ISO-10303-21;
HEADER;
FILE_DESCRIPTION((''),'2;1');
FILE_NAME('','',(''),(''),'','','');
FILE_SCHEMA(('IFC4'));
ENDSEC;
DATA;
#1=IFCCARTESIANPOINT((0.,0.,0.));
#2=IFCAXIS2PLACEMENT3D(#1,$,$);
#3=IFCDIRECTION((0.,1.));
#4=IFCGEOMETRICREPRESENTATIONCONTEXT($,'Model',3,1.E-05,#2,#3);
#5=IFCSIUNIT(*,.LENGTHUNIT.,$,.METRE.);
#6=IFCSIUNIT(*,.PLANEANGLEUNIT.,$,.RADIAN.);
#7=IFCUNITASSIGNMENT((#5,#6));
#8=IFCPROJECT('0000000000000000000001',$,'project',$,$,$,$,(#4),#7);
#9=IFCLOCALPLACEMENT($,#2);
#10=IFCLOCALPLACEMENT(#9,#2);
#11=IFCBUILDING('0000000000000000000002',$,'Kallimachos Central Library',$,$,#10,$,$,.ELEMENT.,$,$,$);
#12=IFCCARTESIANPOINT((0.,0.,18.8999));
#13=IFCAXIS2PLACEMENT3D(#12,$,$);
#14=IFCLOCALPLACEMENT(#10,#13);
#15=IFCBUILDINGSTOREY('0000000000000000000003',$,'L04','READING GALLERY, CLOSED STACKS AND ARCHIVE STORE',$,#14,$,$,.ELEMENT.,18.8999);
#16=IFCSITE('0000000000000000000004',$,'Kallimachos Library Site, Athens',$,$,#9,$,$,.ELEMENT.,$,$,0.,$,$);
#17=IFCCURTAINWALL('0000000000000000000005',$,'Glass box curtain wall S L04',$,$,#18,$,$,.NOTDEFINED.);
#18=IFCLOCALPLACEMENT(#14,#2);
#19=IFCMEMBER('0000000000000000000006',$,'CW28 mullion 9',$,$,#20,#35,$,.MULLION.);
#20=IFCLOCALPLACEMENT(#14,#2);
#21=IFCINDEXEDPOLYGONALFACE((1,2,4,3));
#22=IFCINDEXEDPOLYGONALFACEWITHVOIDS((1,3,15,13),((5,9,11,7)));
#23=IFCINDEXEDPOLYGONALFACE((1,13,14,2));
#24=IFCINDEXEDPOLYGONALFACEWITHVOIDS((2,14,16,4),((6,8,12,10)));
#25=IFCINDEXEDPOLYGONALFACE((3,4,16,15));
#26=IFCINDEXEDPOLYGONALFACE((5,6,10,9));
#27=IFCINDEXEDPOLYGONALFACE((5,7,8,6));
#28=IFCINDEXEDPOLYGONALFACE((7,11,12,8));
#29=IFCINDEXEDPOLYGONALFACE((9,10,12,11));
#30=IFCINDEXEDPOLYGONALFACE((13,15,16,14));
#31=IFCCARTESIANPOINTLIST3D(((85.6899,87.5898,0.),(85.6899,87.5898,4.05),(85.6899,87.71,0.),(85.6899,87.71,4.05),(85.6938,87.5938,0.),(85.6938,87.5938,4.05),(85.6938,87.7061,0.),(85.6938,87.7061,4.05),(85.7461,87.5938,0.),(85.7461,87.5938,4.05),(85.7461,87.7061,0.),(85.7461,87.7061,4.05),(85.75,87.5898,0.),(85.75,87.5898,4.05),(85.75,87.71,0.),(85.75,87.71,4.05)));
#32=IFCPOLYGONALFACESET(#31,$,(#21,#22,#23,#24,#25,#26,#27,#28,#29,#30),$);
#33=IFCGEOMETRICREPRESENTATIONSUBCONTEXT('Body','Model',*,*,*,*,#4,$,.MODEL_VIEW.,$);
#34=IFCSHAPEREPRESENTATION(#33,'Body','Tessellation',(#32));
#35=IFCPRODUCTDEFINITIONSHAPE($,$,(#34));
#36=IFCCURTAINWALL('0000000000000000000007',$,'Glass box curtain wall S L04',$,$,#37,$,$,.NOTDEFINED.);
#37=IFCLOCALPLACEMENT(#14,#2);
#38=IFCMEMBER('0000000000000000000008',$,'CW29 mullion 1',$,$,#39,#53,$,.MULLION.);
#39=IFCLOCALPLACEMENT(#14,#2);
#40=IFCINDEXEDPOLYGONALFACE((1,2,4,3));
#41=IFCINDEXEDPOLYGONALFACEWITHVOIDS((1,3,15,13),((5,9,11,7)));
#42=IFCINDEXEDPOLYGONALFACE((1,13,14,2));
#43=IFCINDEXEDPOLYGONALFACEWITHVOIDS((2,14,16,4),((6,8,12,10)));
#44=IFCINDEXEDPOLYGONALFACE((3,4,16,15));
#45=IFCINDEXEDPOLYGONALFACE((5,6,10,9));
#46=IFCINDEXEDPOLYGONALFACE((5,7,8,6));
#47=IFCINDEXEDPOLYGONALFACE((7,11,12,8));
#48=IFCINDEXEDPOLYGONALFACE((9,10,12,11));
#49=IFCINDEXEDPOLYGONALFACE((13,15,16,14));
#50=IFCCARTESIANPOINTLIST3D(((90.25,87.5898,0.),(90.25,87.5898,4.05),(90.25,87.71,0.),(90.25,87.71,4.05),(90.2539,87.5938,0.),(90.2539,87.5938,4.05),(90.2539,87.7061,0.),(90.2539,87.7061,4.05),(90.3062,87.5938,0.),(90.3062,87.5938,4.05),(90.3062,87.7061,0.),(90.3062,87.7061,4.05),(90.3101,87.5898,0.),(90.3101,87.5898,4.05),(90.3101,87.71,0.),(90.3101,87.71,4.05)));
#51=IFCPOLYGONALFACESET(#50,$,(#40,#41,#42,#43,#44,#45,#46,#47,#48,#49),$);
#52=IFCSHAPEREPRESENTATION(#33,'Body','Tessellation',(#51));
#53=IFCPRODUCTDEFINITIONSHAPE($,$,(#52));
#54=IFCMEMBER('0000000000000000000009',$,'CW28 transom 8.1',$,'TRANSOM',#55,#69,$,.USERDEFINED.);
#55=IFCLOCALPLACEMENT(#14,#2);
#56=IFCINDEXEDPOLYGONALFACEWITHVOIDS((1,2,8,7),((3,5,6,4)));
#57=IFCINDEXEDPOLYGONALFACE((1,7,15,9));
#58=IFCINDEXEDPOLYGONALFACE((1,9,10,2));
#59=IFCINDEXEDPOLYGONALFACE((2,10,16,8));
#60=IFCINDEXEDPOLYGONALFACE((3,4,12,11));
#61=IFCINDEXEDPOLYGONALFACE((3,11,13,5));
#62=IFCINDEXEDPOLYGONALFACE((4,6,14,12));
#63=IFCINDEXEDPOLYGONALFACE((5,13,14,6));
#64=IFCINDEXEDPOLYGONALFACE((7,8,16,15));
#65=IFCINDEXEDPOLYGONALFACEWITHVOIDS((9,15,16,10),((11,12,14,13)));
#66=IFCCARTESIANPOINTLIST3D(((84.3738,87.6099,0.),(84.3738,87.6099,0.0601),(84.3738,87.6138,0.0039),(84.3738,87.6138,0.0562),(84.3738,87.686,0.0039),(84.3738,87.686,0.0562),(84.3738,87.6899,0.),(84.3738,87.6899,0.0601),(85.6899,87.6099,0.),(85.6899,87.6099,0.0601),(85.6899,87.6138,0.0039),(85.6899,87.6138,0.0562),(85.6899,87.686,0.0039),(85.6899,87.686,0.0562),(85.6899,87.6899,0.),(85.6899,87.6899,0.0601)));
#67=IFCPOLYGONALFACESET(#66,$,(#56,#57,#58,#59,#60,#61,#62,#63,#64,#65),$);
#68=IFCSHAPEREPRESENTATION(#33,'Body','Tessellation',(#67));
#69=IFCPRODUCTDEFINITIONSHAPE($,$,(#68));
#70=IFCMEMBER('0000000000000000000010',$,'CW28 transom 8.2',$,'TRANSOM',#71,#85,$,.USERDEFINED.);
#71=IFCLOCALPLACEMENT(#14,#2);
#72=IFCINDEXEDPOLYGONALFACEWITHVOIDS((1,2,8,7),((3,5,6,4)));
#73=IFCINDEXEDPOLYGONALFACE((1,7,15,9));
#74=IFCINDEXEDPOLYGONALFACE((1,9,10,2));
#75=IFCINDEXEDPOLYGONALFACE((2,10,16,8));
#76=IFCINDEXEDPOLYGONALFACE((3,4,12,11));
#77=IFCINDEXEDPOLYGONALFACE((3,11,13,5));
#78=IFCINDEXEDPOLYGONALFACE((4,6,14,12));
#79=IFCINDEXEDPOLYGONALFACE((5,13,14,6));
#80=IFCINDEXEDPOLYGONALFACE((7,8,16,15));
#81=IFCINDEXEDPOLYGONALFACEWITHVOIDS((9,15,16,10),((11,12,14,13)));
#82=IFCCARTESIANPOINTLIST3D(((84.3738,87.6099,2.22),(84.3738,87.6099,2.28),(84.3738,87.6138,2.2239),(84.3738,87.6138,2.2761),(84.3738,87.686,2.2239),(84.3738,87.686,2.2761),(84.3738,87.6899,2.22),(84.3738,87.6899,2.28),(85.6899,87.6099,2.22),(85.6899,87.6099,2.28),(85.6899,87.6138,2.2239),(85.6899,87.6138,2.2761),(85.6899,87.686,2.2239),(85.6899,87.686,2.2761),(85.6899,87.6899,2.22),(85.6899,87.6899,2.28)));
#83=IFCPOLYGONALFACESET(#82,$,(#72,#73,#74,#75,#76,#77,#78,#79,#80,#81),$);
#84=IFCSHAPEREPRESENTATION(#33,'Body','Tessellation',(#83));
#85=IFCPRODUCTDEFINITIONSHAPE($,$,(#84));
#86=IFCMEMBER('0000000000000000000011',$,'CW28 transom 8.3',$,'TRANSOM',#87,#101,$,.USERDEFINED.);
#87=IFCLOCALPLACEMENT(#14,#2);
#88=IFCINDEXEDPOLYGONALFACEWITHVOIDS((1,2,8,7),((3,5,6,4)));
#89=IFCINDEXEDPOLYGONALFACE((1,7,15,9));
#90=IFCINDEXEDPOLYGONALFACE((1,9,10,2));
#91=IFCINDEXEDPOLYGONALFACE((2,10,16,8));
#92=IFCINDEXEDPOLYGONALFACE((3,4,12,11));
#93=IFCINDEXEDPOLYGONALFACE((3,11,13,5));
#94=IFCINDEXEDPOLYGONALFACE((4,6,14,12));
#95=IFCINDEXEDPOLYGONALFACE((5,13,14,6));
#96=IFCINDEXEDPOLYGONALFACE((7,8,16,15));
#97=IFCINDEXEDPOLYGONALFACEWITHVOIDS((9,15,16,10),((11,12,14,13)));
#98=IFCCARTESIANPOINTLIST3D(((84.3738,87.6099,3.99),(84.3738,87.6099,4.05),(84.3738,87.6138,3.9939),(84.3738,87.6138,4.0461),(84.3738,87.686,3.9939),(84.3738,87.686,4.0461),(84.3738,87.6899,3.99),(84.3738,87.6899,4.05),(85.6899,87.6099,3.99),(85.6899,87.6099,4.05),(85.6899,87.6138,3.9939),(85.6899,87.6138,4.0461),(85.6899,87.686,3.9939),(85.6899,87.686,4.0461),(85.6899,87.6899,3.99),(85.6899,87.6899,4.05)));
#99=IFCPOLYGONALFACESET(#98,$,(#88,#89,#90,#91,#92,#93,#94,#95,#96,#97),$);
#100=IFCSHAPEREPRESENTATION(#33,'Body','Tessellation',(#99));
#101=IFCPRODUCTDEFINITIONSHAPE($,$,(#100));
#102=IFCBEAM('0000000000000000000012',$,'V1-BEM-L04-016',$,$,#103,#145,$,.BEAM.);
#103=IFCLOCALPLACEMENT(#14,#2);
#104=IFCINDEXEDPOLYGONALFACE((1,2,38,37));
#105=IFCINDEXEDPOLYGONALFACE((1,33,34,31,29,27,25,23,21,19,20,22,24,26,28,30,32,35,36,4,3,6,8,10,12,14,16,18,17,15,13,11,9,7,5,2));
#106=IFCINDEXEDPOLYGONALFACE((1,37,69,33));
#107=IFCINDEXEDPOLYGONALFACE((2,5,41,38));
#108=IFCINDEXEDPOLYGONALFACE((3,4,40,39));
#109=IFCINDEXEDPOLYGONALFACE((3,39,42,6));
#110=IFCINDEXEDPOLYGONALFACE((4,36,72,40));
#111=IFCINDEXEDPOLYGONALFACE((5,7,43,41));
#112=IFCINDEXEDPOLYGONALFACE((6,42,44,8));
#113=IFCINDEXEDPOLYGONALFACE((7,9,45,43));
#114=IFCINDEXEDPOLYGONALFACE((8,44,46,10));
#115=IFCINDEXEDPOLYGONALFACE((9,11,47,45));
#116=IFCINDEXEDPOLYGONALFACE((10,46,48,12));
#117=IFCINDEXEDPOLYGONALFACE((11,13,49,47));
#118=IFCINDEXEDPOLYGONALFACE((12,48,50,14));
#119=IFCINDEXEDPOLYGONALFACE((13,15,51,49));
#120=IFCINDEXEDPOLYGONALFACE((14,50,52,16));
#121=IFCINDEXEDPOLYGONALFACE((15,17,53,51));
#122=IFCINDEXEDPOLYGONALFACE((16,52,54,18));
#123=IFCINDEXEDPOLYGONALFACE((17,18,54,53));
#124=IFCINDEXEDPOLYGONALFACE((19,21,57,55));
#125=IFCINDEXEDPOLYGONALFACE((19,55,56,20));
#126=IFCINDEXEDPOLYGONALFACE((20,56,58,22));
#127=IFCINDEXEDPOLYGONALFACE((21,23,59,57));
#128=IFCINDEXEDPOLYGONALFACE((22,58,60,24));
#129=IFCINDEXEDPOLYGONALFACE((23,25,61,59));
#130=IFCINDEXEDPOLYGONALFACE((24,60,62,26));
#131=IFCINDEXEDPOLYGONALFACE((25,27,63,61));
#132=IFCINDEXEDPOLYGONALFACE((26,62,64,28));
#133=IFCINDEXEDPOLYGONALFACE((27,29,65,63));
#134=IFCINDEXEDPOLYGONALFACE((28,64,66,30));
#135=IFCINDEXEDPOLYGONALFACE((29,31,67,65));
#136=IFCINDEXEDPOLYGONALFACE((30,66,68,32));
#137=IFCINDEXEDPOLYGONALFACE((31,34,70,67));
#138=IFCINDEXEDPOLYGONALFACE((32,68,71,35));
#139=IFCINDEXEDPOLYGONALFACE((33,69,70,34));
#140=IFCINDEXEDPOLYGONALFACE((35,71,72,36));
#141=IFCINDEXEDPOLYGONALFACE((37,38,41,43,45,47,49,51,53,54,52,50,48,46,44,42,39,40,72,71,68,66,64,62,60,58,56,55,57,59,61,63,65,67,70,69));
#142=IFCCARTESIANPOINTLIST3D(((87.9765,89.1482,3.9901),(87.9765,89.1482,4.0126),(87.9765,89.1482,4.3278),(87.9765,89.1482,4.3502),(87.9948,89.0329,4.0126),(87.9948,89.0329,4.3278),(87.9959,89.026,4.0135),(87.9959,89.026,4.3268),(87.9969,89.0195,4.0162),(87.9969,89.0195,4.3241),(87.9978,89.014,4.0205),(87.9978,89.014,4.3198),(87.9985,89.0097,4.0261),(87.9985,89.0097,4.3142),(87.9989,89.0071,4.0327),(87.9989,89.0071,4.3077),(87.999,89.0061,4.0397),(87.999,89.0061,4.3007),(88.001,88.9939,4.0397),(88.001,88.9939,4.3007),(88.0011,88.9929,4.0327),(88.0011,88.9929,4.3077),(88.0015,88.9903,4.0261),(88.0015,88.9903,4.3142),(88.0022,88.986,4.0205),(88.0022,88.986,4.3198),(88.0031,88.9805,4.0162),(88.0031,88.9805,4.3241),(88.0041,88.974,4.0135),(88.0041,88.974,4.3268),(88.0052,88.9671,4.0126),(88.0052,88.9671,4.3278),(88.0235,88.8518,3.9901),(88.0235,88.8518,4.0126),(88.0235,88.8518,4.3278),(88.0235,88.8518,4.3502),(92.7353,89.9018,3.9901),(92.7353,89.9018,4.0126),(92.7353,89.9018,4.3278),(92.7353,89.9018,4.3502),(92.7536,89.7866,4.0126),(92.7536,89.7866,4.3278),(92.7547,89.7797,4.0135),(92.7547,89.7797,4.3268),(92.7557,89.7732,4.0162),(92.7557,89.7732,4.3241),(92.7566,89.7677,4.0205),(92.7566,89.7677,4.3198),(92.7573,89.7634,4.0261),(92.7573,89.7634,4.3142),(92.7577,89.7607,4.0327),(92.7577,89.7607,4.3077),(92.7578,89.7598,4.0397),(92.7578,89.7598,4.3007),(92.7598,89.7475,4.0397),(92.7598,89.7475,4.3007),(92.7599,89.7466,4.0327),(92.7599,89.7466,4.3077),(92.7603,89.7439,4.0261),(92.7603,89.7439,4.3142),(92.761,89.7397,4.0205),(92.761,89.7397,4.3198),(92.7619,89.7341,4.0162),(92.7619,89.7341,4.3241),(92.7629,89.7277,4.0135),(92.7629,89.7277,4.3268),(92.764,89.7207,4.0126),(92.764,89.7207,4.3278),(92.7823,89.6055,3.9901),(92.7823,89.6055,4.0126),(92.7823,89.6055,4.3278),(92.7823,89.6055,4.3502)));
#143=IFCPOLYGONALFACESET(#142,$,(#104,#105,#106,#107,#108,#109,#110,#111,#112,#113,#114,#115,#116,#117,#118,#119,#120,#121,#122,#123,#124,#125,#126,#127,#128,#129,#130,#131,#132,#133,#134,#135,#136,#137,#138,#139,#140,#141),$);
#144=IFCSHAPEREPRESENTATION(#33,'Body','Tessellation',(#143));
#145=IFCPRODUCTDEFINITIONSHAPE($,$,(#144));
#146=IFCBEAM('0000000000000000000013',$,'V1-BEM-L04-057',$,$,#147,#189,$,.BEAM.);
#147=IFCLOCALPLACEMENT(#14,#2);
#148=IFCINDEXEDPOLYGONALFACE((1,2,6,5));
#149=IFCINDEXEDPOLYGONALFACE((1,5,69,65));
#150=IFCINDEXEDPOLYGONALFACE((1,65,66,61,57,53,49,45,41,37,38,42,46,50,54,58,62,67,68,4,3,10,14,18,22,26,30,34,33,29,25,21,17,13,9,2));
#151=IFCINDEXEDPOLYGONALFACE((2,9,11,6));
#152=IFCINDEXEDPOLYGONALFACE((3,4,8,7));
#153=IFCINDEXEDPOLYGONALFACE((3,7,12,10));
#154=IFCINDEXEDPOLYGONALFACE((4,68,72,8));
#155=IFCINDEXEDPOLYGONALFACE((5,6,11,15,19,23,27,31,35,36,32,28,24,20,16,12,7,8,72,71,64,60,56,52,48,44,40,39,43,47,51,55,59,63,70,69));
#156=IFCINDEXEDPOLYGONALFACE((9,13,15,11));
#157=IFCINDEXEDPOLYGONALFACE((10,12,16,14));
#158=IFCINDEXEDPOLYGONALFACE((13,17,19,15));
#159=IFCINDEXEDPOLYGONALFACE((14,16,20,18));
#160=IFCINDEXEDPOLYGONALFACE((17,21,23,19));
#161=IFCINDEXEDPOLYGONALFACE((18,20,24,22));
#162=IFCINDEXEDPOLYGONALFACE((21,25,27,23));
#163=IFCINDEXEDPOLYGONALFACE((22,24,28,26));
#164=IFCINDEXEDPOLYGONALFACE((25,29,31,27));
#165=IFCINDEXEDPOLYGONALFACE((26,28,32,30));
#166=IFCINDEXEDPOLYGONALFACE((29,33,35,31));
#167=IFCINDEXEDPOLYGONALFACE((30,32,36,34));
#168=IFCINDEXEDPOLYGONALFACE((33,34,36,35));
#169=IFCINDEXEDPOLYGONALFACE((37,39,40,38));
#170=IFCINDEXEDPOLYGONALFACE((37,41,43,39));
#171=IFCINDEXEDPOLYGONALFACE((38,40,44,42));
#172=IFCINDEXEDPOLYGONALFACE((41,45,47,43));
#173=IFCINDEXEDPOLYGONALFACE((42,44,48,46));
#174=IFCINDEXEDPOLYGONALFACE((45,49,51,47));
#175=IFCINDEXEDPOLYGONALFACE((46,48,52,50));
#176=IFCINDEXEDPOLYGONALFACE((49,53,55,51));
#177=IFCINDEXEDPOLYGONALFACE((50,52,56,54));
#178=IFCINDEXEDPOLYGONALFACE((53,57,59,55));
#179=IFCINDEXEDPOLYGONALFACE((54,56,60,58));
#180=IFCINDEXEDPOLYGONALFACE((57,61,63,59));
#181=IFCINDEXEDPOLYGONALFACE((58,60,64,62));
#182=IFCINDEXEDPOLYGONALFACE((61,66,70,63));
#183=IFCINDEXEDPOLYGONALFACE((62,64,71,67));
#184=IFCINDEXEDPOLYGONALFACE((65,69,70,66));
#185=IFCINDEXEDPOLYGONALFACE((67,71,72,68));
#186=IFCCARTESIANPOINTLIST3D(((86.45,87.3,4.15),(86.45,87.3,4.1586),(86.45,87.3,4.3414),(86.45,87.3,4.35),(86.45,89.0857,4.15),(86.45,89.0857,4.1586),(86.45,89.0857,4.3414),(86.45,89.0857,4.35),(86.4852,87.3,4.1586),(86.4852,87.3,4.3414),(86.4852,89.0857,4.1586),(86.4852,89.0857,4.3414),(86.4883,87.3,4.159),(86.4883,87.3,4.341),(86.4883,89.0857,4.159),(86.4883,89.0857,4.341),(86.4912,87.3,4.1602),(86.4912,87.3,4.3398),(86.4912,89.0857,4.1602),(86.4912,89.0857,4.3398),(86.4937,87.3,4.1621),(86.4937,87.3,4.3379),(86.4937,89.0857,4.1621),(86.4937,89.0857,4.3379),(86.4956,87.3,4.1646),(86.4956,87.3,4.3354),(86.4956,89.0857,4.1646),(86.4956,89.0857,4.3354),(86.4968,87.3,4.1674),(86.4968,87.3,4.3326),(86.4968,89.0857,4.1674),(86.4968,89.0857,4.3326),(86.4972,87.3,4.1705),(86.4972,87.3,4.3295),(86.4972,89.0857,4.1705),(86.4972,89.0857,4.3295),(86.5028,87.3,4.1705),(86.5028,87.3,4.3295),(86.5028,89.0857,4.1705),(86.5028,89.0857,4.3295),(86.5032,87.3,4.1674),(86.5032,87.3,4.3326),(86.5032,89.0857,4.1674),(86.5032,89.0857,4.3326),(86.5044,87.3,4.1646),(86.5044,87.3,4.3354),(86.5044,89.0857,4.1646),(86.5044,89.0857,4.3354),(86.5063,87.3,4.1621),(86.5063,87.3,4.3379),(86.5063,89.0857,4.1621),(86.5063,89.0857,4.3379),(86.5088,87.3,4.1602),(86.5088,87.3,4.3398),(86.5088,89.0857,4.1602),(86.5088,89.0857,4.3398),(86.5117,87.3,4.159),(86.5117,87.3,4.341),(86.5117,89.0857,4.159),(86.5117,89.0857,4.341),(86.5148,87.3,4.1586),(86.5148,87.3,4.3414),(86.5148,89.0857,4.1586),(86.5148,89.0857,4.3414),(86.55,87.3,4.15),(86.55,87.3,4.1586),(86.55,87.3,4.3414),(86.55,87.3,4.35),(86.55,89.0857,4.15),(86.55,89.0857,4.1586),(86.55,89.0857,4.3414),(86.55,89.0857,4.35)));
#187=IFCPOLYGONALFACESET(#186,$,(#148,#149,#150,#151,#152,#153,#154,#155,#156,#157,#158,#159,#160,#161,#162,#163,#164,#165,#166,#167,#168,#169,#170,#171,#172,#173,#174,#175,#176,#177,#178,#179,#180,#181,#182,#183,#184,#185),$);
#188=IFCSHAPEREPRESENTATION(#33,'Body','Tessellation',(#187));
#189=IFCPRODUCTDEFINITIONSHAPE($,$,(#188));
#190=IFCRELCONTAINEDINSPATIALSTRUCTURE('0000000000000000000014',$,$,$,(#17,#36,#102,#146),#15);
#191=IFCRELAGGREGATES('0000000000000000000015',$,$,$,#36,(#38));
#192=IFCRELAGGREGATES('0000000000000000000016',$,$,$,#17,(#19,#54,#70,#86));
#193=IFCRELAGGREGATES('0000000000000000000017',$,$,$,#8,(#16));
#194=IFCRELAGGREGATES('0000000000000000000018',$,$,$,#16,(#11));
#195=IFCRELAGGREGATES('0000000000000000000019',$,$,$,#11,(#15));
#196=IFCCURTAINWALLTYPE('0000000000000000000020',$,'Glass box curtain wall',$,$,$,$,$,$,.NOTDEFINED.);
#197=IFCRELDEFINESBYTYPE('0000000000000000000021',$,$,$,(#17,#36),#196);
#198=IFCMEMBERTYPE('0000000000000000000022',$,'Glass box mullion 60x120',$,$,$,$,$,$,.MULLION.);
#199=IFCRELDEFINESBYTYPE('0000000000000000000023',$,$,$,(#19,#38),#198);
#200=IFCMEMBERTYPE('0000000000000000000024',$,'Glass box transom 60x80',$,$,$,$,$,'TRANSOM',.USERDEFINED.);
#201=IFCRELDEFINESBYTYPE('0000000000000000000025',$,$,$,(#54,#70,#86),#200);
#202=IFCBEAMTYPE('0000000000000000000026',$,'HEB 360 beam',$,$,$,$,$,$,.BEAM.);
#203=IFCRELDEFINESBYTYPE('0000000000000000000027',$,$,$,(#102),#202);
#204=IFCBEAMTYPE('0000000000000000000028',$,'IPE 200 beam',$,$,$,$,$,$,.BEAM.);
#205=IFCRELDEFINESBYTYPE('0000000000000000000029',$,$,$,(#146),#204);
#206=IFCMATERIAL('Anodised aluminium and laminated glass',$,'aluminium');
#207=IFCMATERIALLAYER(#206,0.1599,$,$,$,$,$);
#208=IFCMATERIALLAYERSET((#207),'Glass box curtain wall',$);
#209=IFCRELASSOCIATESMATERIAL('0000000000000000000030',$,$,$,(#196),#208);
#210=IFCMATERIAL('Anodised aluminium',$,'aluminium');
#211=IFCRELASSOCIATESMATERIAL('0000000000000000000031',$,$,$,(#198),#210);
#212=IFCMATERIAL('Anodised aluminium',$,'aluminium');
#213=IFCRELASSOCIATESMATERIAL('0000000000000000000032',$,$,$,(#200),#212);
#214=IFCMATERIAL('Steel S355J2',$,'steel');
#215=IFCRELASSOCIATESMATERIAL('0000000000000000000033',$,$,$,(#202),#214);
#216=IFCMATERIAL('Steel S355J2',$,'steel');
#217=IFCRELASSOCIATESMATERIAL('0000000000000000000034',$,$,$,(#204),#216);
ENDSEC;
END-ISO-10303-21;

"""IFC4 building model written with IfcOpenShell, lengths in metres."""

from ifc_helpers import new_model, si_unit, direction, frame, origin, origin_2d, place, context, subcontext, project, spatial, hollow_rectangle, i_section, extrude, material, layer, layer_set, material_profile, profile_set, type_object, element, aggregate, save


model = new_model("IFC4")

# Units and contexts
model_context = context("Model", 3, precision=1e-05, world=origin(), true_north=direction((0.0, 1.0)))
body_context = subcontext(model_context, "Body", "Model", "MODEL_VIEW")
ifc_project = project(units=[si_unit("LENGTHUNIT", "METRE"), si_unit("PLANEANGLEUNIT", "RADIAN")], contexts=[model_context])

# Site, building, storey
site_placement = place(None, origin())
site = spatial("IfcSite", under=ifc_project, at=site_placement, Name="Kallimachos Library Site, Athens", CompositionType="ELEMENT", RefElevation=0.0)
building_placement = place(site_placement, origin())
building = spatial("IfcBuilding", under=site, at=building_placement, Name="Kallimachos Central Library", CompositionType="ELEMENT")
storey_placement = place(building_placement, frame((0.0, 0.0, 18.8999)))
storey = spatial("IfcBuildingStorey", under=building, at=storey_placement, Name="L04", Description="READING GALLERY, CLOSED STACKS AND ARCHIVE STORE", CompositionType="ELEMENT", Elevation=18.8999)

# Curtain wall, member
ifc_material_1 = material(Name="Anodised aluminium and laminated glass", Category="aluminium")
ifc_layer_1 = layer(ifc_material_1, 0.1599)
ifc_layer_set_1 = layer_set([ifc_layer_1], Name="Glass box curtain wall")
curtain_wall_type_1 = type_object("IfcCurtainWallType", Name="Glass box curtain wall", PredefinedType="NOTDEFINED", material=ifc_layer_set_1)
curtain_wall_1_placement = place(storey_placement, origin())
curtain_wall_1 = element("IfcCurtainWall", 1, at=curtain_wall_1_placement, inside=storey, type_object=curtain_wall_type_1, Name="Glass box curtain wall S L04", PredefinedType="NOTDEFINED")
ifc_material_2 = material(Name="Anodised aluminium", Category="aluminium")
ifc_material_profile_1 = material_profile(ifc_material_2, hollow_rectangle(XDim=0.0601, YDim=0.1201, WallThickness=0.0039, at=origin_2d()), Name="ALU MULLION 60x120")
ifc_profile_set_1 = profile_set([ifc_material_profile_1], Name="Anodised aluminium")
member_type_1 = type_object("IfcMemberType", Name="Glass box mullion 60x120", PredefinedType="MULLION", material=ifc_profile_set_1)
member_1_placement = place(storey_placement, frame((85.72, 87.6499, 0.0), z_axis=(0.0, 0.0, 1.0), x_axis=(1.0, 0.0, 0.0)))
member_1 = element("IfcMember", 2, at=member_1_placement, type_object=member_type_1, Name="CW28 mullion 9", PredefinedType="MULLION", context=body_context, shape_type="SweptSolid", body=[
    extrude(hollow_rectangle(XDim=0.0601, YDim=0.1201, WallThickness=0.0039, at=origin_2d()), origin(), (0.0, 0.0, 1.0), 4.05),
])

# Curtain wall, member
curtain_wall_2_placement = place(storey_placement, origin())
curtain_wall_2 = element("IfcCurtainWall", 3, at=curtain_wall_2_placement, inside=storey, type_object=curtain_wall_type_1, Name="Glass box curtain wall S L04", PredefinedType="NOTDEFINED")
member_2_placement = place(storey_placement, frame((90.28, 87.6499, 0.0), z_axis=(0.0, 0.0, 1.0), x_axis=(1.0, 0.0, 0.0)))
member_2 = element("IfcMember", 4, at=member_2_placement, type_object=member_type_1, Name="CW29 mullion 1", PredefinedType="MULLION", context=body_context, shape_type="SweptSolid", body=[
    extrude(hollow_rectangle(XDim=0.0601, YDim=0.1201, WallThickness=0.0039, at=origin_2d()), origin(), (0.0, 0.0, 1.0), 4.05),
])
aggregate(curtain_wall_2, [member_2])

# Members
ifc_material_3 = material(Name="Anodised aluminium", Category="aluminium")
ifc_material_profile_2 = material_profile(ifc_material_3, hollow_rectangle(XDim=0.0601, YDim=0.0801, WallThickness=0.0039, at=origin_2d()), Name="ALU TRANSOM 60x80")
ifc_profile_set_2 = profile_set([ifc_material_profile_2], Name="Anodised aluminium")
member_type_2 = type_object("IfcMemberType", Name="Glass box transom 60x80", ElementType="TRANSOM", PredefinedType="USERDEFINED", material=ifc_profile_set_2)
member_3_placement = place(storey_placement, frame((84.3738, 87.6499, 0.03), z_axis=(1.0, 0.0, 0.0), x_axis=(0.0, 0.0, 1.0)))
member_3 = element("IfcMember", 5, at=member_3_placement, type_object=member_type_2, Name="CW28 transom 8.1", ObjectType="TRANSOM", PredefinedType="USERDEFINED", context=body_context, shape_type="SweptSolid", body=[
    extrude(hollow_rectangle(XDim=0.0601, YDim=0.0801, WallThickness=0.0039, at=origin_2d()), origin(), (0.0, 0.0, 1.0), 1.3162),
])
member_4_placement = place(storey_placement, frame((84.3738, 87.6499, 2.25), z_axis=(1.0, 0.0, 0.0), x_axis=(0.0, 0.0, 1.0)))
member_4 = element("IfcMember", 6, at=member_4_placement, type_object=member_type_2, Name="CW28 transom 8.2", ObjectType="TRANSOM", PredefinedType="USERDEFINED", context=body_context, shape_type="SweptSolid", body=[
    extrude(hollow_rectangle(XDim=0.0601, YDim=0.0801, WallThickness=0.0039, at=origin_2d()), origin(), (0.0, 0.0, 1.0), 1.3162),
])
member_5_placement = place(storey_placement, frame((84.3738, 87.6499, 4.02), z_axis=(1.0, 0.0, 0.0), x_axis=(0.0, 0.0, 1.0)))
member_5 = element("IfcMember", 7, at=member_5_placement, type_object=member_type_2, Name="CW28 transom 8.3", ObjectType="TRANSOM", PredefinedType="USERDEFINED", context=body_context, shape_type="SweptSolid", body=[
    extrude(hollow_rectangle(XDim=0.0601, YDim=0.0801, WallThickness=0.0039, at=origin_2d()), origin(), (0.0, 0.0, 1.0), 1.3162),
])

# Beams
ifc_material_4 = material(Name="Steel S355J2", Category="steel")
ifc_material_profile_3 = material_profile(ifc_material_4, i_section(OverallWidth=0.3, OverallDepth=0.3601, WebThickness=0.0125, FlangeThickness=0.0225, FilletRadius=0.0271, at=origin_2d()), Name="HEB 360")
ifc_profile_set_3 = profile_set([ifc_material_profile_3], Name="Steel S355J2")
beam_type_1 = type_object("IfcBeamType", Name="HEB 360 beam", PredefinedType="BEAM", material=ifc_profile_set_3)
beam_1_placement = place(storey_placement, frame((88.0, 89.0, 4.1702), z_axis=(0.98769, 0.156423, 0.0), x_axis=(-0.156423, 0.98769, 0.0)))
element("IfcBeam", 8, at=beam_1_placement, inside=storey, type_object=beam_type_1, Name="V1-BEM-L04-016", PredefinedType="BEAM", context=body_context, shape_type="SweptSolid", body=[
    extrude(i_section(OverallWidth=0.3, OverallDepth=0.3601, WebThickness=0.0125, FlangeThickness=0.0225, FilletRadius=0.0271, at=origin_2d()), origin(), (0.0, 0.0, 1.0), 4.8181),
])
ifc_material_5 = material(Name="Steel S355J2", Category="steel")
ifc_material_profile_4 = material_profile(ifc_material_5, i_section(OverallWidth=0.1001, OverallDepth=0.2, WebThickness=0.0056, FlangeThickness=0.0085, FilletRadius=0.012, at=origin_2d()), Name="IPE 200")
ifc_profile_set_4 = profile_set([ifc_material_profile_4], Name="Steel S355J2")
beam_type_2 = type_object("IfcBeamType", Name="IPE 200 beam", PredefinedType="BEAM", material=ifc_profile_set_4)
for number, where, z_axis, x_axis, name in (
    (9, (86.5, 87.3, 4.25), (0.0, 1.0, 0.0), (-1.0, 0.0, 0.0), "V1-BEM-L04-057"),
):
    element("IfcBeam", number, at=place(storey_placement, frame(where, z_axis=z_axis, x_axis=x_axis)), inside=storey, type_object=beam_type_2, Name=name, PredefinedType="BEAM", context=body_context, shape_type="SweptSolid", body=[
        extrude(i_section(OverallWidth=0.1001, OverallDepth=0.2, WebThickness=0.0056, FlangeThickness=0.0085, FilletRadius=0.012, at=origin_2d()), origin(), (0.0, 0.0, 1.0), 1.7856),
    ])

aggregate(curtain_wall_1, [member_1, member_3, member_4, member_5])

save(model, "model.ifc")
